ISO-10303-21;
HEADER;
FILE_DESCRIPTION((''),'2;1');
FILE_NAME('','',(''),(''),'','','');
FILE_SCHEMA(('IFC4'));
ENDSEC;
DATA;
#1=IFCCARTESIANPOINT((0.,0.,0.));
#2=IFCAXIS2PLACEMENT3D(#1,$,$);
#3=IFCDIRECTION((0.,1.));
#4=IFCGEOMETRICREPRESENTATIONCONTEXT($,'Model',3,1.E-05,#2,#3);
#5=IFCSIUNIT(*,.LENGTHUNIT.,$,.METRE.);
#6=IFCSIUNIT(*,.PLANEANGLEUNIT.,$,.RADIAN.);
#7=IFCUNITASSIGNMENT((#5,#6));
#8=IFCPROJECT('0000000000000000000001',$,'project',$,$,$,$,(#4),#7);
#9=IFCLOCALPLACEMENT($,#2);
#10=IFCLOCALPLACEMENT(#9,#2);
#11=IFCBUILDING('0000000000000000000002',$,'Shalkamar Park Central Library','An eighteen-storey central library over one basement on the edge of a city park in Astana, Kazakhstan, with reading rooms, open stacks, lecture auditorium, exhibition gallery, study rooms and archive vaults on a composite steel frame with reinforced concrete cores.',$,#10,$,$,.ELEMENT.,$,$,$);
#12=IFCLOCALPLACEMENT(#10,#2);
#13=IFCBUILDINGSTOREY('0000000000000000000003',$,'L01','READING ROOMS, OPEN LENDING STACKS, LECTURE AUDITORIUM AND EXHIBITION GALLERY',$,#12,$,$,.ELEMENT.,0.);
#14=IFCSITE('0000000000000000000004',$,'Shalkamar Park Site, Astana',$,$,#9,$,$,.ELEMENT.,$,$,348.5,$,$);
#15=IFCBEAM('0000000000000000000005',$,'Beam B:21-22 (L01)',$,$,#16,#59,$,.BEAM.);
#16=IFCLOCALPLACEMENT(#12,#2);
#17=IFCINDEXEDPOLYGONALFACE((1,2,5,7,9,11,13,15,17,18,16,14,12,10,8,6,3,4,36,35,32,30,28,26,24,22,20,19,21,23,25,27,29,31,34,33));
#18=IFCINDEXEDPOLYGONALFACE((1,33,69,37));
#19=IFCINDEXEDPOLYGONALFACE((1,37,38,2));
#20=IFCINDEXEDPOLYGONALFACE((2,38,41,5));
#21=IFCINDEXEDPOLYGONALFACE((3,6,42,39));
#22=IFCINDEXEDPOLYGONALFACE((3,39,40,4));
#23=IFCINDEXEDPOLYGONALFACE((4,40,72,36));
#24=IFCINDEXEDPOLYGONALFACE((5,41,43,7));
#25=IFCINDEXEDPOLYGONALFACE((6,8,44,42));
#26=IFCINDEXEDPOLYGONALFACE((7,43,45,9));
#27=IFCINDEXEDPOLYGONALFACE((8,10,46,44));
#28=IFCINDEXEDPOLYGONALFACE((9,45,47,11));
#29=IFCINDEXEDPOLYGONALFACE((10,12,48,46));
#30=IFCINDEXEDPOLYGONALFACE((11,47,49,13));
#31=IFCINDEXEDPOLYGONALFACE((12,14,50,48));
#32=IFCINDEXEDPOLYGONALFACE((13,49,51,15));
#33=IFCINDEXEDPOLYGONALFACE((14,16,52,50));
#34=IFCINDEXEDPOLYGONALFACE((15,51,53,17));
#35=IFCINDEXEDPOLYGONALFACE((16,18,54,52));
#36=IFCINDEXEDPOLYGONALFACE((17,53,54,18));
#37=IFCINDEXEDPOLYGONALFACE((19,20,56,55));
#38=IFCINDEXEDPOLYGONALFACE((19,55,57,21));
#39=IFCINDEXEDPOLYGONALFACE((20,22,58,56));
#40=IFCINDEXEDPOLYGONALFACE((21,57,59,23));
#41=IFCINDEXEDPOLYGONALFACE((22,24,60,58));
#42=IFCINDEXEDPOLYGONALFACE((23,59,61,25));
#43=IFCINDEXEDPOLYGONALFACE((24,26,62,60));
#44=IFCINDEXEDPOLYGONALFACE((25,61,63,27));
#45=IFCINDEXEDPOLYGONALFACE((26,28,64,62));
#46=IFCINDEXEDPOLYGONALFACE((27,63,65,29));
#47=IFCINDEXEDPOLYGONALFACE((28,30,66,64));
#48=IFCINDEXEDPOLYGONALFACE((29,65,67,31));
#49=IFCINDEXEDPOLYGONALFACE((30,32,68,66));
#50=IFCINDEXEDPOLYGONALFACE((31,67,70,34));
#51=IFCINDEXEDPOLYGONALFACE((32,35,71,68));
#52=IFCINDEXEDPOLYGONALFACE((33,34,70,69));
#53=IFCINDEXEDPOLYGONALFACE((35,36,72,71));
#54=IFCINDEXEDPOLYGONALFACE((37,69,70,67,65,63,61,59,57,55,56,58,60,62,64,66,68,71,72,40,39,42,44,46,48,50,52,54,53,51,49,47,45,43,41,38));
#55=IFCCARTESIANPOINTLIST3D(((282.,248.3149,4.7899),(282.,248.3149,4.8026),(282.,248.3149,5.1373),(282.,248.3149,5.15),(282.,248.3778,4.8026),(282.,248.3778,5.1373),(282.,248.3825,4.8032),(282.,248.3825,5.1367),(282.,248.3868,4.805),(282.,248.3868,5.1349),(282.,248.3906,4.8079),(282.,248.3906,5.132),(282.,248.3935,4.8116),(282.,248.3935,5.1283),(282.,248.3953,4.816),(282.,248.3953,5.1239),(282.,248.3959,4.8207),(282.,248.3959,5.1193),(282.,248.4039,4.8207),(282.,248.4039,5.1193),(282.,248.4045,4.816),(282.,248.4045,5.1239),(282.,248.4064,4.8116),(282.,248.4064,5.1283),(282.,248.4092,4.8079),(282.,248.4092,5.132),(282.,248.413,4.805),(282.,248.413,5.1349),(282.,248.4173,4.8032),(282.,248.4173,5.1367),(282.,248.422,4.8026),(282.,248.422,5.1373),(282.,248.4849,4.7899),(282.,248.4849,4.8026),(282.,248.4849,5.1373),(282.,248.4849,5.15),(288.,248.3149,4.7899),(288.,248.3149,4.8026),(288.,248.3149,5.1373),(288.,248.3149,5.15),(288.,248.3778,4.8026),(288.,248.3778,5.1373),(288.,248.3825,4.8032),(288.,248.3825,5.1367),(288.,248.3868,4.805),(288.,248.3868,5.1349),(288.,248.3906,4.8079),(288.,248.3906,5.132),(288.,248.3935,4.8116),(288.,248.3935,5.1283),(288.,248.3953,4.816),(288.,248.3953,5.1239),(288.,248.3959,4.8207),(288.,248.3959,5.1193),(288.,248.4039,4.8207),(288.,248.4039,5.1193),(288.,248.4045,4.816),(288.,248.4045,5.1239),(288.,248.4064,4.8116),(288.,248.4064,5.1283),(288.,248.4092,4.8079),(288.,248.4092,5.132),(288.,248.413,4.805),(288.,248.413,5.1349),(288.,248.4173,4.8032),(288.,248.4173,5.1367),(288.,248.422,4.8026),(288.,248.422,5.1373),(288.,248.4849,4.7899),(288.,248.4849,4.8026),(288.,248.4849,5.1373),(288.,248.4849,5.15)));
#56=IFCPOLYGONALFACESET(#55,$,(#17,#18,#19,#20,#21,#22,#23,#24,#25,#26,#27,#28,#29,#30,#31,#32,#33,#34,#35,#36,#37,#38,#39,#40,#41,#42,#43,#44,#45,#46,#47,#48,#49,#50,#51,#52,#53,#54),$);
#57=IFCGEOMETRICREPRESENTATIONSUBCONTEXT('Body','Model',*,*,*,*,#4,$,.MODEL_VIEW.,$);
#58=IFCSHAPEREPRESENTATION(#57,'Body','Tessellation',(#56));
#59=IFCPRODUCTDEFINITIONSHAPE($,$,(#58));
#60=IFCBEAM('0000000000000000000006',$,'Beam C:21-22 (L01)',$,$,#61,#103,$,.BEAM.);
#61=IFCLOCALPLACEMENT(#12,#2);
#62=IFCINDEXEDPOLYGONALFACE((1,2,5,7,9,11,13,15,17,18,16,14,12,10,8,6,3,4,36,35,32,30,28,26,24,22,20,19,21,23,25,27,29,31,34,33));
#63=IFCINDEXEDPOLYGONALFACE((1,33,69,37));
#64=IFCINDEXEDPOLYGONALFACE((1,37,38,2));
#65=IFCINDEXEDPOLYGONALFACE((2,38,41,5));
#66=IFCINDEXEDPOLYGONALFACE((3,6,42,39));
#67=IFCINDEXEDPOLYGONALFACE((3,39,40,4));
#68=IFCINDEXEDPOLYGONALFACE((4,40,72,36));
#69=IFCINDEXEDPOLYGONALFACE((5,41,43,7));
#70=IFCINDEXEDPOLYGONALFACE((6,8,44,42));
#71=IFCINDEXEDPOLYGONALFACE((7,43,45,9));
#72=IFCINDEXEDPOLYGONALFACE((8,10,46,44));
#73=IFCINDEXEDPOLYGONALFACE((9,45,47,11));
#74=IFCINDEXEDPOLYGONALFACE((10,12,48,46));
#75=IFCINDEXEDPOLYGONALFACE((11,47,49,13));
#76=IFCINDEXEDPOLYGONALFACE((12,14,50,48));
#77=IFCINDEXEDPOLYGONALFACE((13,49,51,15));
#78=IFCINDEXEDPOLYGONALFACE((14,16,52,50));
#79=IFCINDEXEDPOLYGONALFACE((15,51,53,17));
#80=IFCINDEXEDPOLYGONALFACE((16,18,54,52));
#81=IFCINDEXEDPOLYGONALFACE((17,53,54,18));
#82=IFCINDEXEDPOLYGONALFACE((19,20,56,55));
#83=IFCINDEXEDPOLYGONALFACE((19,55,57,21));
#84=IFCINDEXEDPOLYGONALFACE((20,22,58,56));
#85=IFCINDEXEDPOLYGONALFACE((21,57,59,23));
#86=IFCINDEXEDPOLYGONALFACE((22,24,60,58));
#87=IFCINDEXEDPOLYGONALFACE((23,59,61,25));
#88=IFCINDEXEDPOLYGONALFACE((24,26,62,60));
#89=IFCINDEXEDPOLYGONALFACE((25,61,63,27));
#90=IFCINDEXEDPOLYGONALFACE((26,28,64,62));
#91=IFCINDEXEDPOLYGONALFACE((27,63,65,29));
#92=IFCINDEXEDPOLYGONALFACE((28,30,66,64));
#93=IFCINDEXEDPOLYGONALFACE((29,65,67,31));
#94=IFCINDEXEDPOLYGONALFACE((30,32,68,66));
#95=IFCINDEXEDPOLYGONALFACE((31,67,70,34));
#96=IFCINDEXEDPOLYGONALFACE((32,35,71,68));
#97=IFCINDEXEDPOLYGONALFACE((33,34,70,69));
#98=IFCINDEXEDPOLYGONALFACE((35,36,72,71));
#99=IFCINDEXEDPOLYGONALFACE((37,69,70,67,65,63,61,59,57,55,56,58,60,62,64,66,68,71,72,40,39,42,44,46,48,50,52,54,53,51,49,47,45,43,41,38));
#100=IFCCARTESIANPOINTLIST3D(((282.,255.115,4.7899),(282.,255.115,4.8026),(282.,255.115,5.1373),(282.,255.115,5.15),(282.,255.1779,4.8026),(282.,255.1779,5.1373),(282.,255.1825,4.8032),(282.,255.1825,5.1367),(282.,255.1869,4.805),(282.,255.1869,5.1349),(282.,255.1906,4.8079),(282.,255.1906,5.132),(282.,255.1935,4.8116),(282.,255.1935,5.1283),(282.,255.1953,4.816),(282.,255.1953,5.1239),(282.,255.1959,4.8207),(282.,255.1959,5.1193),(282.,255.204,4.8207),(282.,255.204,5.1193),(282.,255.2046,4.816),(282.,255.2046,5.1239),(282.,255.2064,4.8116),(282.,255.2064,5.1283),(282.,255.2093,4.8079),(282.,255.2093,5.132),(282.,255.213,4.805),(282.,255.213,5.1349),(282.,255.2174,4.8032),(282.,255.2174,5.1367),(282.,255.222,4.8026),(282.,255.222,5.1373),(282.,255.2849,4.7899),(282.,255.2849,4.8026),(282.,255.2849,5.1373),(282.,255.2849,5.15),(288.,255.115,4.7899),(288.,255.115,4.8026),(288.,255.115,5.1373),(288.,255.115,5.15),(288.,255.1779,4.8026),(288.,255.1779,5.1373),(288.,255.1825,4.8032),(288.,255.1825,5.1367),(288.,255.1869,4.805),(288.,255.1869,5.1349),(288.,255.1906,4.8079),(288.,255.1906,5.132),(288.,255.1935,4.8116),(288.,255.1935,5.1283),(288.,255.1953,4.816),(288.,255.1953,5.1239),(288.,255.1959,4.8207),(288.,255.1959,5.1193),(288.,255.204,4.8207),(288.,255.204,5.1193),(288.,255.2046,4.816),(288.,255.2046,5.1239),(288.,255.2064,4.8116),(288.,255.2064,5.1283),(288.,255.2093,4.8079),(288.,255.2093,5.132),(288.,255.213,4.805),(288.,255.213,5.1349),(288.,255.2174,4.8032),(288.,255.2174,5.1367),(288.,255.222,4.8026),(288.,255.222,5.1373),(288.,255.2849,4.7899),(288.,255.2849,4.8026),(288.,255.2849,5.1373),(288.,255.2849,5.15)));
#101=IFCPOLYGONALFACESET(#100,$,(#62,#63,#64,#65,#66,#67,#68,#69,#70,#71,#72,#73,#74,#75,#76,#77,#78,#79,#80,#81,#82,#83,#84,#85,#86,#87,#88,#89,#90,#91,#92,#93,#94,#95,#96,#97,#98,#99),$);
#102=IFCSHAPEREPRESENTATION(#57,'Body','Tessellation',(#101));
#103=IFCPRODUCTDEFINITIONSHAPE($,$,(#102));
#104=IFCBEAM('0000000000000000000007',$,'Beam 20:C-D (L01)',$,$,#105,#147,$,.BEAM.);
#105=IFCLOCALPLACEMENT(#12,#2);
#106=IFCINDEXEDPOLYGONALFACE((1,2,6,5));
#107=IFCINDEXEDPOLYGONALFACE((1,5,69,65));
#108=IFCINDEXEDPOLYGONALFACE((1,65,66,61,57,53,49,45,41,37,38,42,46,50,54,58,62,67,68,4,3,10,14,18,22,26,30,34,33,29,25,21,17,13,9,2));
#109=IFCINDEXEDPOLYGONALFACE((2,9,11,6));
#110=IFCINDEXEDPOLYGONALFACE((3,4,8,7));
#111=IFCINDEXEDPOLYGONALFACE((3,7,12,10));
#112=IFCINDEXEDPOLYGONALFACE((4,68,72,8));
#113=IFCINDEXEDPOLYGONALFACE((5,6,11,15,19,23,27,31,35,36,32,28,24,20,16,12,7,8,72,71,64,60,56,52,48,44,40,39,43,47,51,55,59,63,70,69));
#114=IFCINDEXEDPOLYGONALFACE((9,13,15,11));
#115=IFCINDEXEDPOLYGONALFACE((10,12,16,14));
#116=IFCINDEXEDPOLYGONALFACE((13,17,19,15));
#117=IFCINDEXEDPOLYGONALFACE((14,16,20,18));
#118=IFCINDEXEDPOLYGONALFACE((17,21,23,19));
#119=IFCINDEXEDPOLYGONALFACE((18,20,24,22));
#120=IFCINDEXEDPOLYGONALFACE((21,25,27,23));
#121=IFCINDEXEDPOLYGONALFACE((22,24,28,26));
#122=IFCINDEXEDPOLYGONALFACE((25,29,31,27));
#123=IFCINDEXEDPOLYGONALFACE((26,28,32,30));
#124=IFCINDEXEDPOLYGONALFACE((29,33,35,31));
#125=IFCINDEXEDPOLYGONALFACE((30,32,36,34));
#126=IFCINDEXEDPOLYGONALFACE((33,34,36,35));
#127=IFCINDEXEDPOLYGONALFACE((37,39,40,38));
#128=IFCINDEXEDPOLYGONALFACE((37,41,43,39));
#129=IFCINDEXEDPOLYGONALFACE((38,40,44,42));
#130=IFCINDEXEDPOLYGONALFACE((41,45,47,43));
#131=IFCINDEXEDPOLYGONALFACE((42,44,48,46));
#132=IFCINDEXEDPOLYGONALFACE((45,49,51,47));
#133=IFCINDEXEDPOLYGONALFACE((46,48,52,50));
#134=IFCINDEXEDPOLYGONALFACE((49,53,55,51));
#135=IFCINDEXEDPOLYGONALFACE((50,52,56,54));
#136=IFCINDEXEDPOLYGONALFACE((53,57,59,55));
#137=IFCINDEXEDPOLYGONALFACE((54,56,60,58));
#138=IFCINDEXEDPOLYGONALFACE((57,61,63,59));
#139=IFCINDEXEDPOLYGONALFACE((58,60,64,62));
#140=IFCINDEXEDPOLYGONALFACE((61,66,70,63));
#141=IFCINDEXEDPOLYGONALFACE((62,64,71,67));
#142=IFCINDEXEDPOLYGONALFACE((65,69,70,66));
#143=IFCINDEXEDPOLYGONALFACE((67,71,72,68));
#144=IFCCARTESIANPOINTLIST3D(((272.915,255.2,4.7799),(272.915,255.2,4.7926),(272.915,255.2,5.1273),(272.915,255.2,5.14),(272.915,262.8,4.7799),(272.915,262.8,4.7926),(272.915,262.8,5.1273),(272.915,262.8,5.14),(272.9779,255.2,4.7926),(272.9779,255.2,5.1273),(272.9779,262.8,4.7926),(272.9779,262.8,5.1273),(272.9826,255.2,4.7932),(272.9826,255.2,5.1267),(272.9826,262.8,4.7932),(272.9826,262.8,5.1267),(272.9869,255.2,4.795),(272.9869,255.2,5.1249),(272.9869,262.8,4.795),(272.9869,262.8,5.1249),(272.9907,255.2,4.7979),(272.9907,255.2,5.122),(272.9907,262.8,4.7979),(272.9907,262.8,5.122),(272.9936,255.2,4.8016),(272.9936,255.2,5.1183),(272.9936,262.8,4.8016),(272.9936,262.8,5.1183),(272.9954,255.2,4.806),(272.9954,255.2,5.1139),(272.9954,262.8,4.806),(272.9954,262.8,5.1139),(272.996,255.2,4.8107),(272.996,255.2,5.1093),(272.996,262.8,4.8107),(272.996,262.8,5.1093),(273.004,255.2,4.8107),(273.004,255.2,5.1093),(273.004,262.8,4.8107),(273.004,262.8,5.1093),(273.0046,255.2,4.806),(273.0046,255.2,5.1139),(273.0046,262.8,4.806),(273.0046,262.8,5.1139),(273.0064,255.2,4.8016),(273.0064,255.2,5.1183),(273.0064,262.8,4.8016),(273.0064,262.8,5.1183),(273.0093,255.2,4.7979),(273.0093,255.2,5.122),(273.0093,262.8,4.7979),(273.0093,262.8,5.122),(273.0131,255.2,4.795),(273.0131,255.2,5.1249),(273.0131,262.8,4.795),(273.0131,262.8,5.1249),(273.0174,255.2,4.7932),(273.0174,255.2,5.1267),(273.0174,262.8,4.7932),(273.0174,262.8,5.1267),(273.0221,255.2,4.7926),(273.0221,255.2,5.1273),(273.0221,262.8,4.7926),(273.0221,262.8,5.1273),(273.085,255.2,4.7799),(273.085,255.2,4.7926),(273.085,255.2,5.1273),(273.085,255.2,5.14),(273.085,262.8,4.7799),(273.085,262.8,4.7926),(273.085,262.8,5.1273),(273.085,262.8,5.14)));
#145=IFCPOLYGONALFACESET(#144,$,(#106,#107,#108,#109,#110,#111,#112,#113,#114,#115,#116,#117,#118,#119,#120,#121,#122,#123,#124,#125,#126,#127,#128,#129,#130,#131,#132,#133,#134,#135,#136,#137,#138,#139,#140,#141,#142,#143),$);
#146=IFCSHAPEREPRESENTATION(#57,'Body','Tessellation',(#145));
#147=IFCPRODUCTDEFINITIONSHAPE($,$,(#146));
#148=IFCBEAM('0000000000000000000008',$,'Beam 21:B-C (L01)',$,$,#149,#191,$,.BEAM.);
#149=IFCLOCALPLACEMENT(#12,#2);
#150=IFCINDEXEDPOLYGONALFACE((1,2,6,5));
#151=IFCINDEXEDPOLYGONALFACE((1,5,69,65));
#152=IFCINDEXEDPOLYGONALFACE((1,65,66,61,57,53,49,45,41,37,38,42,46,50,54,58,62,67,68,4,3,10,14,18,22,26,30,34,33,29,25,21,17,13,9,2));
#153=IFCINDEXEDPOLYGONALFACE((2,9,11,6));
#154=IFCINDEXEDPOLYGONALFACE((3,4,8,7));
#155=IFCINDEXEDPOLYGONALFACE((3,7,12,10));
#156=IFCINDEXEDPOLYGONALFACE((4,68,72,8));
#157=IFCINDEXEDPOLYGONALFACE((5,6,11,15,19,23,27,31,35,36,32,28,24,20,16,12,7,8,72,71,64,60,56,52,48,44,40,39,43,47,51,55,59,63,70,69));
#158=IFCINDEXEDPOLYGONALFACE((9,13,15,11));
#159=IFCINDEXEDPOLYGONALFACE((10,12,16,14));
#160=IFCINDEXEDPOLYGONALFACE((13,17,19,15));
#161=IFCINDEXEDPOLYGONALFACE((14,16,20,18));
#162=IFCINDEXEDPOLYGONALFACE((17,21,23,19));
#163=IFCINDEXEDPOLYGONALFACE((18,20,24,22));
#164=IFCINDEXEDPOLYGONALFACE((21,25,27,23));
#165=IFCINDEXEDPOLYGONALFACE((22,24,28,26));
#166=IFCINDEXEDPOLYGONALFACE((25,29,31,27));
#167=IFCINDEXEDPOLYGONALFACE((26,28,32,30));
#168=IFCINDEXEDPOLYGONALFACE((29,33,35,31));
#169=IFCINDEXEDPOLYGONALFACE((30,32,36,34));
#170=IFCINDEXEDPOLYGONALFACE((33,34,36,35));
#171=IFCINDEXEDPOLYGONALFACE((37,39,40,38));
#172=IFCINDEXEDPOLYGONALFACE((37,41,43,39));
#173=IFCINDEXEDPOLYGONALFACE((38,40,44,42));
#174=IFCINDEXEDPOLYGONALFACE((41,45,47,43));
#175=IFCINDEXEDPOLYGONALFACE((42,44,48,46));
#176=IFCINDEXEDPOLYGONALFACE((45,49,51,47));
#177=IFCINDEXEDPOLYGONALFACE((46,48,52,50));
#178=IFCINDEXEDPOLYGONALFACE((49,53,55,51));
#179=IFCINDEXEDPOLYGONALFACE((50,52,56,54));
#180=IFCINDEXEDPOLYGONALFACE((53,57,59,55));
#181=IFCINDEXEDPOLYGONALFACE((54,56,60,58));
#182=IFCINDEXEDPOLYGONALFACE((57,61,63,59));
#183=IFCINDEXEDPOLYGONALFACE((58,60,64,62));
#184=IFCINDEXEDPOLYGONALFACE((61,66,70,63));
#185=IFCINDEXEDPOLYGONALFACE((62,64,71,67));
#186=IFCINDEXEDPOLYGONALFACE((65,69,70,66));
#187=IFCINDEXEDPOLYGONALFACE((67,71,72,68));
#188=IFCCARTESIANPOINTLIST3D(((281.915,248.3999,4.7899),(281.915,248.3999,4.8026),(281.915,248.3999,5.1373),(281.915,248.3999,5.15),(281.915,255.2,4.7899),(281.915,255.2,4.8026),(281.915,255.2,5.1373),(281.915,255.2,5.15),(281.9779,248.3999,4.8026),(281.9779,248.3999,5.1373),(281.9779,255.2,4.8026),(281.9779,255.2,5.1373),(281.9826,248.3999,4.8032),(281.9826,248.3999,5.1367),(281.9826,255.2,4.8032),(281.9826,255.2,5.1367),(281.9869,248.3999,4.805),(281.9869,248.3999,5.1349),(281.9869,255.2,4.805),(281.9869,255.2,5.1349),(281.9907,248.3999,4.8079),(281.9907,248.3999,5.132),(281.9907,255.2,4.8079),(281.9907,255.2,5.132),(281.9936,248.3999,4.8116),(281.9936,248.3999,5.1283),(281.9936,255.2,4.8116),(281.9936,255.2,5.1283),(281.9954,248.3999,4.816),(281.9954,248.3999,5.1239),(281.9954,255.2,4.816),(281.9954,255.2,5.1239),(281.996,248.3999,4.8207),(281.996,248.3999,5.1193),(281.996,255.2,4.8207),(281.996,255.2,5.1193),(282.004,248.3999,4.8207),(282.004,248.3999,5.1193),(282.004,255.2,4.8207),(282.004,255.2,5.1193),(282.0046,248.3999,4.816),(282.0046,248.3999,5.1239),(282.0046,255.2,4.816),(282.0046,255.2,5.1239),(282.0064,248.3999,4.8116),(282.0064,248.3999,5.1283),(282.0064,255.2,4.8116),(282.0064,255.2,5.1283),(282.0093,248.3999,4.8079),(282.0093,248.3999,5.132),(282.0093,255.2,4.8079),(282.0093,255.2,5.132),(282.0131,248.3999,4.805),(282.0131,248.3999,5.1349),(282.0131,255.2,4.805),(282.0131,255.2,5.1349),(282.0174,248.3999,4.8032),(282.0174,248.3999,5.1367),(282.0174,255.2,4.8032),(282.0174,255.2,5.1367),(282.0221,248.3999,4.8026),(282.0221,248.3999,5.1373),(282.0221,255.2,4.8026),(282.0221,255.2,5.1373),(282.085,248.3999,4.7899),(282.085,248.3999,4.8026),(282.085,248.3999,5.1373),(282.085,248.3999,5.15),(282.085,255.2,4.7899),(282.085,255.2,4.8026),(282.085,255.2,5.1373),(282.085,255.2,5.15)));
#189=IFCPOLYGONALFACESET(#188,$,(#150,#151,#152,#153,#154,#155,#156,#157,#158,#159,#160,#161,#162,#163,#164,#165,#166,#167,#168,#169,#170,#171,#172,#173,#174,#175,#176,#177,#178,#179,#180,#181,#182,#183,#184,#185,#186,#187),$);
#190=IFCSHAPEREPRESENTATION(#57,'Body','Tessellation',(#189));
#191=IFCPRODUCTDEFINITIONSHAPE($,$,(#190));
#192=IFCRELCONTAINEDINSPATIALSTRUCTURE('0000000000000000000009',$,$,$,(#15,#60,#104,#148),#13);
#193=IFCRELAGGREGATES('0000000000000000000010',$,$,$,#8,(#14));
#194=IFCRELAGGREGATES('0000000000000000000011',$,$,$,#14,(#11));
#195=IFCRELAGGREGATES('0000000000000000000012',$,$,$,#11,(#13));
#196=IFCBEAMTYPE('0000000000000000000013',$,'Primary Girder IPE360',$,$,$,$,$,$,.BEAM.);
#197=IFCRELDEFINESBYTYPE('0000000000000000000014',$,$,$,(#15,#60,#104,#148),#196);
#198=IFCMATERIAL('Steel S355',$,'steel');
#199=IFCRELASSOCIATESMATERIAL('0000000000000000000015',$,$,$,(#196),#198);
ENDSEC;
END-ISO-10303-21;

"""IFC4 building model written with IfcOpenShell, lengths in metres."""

from ifc_helpers import new_model, si_unit, direction, frame, origin, origin_2d, place, context, subcontext, project, spatial, i_section, extrude, material, material_profile, profile_set, type_object, element, save


model = new_model("IFC4")

# Units and contexts
model_context = context("Model", 3, precision=1e-05, world=origin(), true_north=direction((0.0, 1.0)))
body_context = subcontext(model_context, "Body", "Model", "MODEL_VIEW")
ifc_project = project(units=[si_unit("LENGTHUNIT", "METRE"), si_unit("PLANEANGLEUNIT", "RADIAN")], contexts=[model_context])

# Site, building, storey
site_placement = place(None, origin())
site = spatial("IfcSite", under=ifc_project, at=site_placement, Name="Shalkamar Park Site, Astana", CompositionType="ELEMENT", RefElevation=348.5)
building_placement = place(site_placement, origin())
building = spatial("IfcBuilding", under=site, at=building_placement, Name="Shalkamar Park Central Library", Description="An eighteen-storey central library over one basement on the edge of a city park in Astana, Kazakhstan, with reading rooms, open stacks, lecture auditorium, exhibition gallery, study rooms and archive vaults on a composite steel frame with reinforced concrete cores.", CompositionType="ELEMENT")
storey_placement = place(building_placement, origin())
storey = spatial("IfcBuildingStorey", under=building, at=storey_placement, Name="L01", Description="READING ROOMS, OPEN LENDING STACKS, LECTURE AUDITORIUM AND EXHIBITION GALLERY", CompositionType="ELEMENT", Elevation=0.0)

# Shared definitions
ifc_material_1 = material(Name="Steel S355", Category="steel")

# Beams
ifc_material_profile_1 = material_profile(ifc_material_1, i_section(OverallWidth=0.1699, OverallDepth=0.3601, WebThickness=0.0081, FlangeThickness=0.0127, FilletRadius=0.0181, at=origin_2d()), Name="IPE 360")
ifc_profile_set_1 = profile_set([ifc_material_profile_1], Name="Steel S355")
beam_type_1 = type_object("IfcBeamType", Name="Primary Girder IPE360", PredefinedType="BEAM", material=ifc_profile_set_1)
for number, where, z_axis, x_axis, name in (
    (1, (282.0, 248.3999, 4.97), (1.0, 0.0, 0.0), (0.0, 1.0, 0.0), "Beam B:21-22 (L01)"),
    (2, (282.0, 255.2, 4.97), (1.0, 0.0, 0.0), (0.0, 1.0, 0.0), "Beam C:21-22 (L01)"),
):
    element("IfcBeam", number, at=place(storey_placement, frame(where, z_axis=z_axis, x_axis=x_axis)), inside=storey, type_object=beam_type_1, Name=name, PredefinedType="BEAM", context=body_context, shape_type="SweptSolid", body=[
        extrude(i_section(OverallWidth=0.1699, OverallDepth=0.3601, WebThickness=0.0081, FlangeThickness=0.0127, FilletRadius=0.0181, at=origin_2d()), origin(), (0.0, 0.0, 1.0), 6.0),
    ])
beam_1_placement = place(storey_placement, frame((273.0, 255.2, 4.96), z_axis=(0.0, 1.0, 0.0), x_axis=(-1.0, 0.0, 0.0)))
element("IfcBeam", 3, at=beam_1_placement, inside=storey, type_object=beam_type_1, Name="Beam 20:C-D (L01)", PredefinedType="BEAM", context=body_context, shape_type="SweptSolid", body=[
    extrude(i_section(OverallWidth=0.1699, OverallDepth=0.3601, WebThickness=0.0081, FlangeThickness=0.0127, FilletRadius=0.0181, at=origin_2d()), origin(), (0.0, 0.0, 1.0), 7.6001),
])
beam_2_placement = place(storey_placement, frame((282.0, 248.3999, 4.97), z_axis=(0.0, 1.0, 0.0), x_axis=(-1.0, 0.0, 0.0)))
element("IfcBeam", 4, at=beam_2_placement, inside=storey, type_object=beam_type_1, Name="Beam 21:B-C (L01)", PredefinedType="BEAM", context=body_context, shape_type="SweptSolid", body=[
    extrude(i_section(OverallWidth=0.1699, OverallDepth=0.3601, WebThickness=0.0081, FlangeThickness=0.0127, FilletRadius=0.0181, at=origin_2d()), origin(), (0.0, 0.0, 1.0), 6.8),
])

save(model, "model.ifc")
